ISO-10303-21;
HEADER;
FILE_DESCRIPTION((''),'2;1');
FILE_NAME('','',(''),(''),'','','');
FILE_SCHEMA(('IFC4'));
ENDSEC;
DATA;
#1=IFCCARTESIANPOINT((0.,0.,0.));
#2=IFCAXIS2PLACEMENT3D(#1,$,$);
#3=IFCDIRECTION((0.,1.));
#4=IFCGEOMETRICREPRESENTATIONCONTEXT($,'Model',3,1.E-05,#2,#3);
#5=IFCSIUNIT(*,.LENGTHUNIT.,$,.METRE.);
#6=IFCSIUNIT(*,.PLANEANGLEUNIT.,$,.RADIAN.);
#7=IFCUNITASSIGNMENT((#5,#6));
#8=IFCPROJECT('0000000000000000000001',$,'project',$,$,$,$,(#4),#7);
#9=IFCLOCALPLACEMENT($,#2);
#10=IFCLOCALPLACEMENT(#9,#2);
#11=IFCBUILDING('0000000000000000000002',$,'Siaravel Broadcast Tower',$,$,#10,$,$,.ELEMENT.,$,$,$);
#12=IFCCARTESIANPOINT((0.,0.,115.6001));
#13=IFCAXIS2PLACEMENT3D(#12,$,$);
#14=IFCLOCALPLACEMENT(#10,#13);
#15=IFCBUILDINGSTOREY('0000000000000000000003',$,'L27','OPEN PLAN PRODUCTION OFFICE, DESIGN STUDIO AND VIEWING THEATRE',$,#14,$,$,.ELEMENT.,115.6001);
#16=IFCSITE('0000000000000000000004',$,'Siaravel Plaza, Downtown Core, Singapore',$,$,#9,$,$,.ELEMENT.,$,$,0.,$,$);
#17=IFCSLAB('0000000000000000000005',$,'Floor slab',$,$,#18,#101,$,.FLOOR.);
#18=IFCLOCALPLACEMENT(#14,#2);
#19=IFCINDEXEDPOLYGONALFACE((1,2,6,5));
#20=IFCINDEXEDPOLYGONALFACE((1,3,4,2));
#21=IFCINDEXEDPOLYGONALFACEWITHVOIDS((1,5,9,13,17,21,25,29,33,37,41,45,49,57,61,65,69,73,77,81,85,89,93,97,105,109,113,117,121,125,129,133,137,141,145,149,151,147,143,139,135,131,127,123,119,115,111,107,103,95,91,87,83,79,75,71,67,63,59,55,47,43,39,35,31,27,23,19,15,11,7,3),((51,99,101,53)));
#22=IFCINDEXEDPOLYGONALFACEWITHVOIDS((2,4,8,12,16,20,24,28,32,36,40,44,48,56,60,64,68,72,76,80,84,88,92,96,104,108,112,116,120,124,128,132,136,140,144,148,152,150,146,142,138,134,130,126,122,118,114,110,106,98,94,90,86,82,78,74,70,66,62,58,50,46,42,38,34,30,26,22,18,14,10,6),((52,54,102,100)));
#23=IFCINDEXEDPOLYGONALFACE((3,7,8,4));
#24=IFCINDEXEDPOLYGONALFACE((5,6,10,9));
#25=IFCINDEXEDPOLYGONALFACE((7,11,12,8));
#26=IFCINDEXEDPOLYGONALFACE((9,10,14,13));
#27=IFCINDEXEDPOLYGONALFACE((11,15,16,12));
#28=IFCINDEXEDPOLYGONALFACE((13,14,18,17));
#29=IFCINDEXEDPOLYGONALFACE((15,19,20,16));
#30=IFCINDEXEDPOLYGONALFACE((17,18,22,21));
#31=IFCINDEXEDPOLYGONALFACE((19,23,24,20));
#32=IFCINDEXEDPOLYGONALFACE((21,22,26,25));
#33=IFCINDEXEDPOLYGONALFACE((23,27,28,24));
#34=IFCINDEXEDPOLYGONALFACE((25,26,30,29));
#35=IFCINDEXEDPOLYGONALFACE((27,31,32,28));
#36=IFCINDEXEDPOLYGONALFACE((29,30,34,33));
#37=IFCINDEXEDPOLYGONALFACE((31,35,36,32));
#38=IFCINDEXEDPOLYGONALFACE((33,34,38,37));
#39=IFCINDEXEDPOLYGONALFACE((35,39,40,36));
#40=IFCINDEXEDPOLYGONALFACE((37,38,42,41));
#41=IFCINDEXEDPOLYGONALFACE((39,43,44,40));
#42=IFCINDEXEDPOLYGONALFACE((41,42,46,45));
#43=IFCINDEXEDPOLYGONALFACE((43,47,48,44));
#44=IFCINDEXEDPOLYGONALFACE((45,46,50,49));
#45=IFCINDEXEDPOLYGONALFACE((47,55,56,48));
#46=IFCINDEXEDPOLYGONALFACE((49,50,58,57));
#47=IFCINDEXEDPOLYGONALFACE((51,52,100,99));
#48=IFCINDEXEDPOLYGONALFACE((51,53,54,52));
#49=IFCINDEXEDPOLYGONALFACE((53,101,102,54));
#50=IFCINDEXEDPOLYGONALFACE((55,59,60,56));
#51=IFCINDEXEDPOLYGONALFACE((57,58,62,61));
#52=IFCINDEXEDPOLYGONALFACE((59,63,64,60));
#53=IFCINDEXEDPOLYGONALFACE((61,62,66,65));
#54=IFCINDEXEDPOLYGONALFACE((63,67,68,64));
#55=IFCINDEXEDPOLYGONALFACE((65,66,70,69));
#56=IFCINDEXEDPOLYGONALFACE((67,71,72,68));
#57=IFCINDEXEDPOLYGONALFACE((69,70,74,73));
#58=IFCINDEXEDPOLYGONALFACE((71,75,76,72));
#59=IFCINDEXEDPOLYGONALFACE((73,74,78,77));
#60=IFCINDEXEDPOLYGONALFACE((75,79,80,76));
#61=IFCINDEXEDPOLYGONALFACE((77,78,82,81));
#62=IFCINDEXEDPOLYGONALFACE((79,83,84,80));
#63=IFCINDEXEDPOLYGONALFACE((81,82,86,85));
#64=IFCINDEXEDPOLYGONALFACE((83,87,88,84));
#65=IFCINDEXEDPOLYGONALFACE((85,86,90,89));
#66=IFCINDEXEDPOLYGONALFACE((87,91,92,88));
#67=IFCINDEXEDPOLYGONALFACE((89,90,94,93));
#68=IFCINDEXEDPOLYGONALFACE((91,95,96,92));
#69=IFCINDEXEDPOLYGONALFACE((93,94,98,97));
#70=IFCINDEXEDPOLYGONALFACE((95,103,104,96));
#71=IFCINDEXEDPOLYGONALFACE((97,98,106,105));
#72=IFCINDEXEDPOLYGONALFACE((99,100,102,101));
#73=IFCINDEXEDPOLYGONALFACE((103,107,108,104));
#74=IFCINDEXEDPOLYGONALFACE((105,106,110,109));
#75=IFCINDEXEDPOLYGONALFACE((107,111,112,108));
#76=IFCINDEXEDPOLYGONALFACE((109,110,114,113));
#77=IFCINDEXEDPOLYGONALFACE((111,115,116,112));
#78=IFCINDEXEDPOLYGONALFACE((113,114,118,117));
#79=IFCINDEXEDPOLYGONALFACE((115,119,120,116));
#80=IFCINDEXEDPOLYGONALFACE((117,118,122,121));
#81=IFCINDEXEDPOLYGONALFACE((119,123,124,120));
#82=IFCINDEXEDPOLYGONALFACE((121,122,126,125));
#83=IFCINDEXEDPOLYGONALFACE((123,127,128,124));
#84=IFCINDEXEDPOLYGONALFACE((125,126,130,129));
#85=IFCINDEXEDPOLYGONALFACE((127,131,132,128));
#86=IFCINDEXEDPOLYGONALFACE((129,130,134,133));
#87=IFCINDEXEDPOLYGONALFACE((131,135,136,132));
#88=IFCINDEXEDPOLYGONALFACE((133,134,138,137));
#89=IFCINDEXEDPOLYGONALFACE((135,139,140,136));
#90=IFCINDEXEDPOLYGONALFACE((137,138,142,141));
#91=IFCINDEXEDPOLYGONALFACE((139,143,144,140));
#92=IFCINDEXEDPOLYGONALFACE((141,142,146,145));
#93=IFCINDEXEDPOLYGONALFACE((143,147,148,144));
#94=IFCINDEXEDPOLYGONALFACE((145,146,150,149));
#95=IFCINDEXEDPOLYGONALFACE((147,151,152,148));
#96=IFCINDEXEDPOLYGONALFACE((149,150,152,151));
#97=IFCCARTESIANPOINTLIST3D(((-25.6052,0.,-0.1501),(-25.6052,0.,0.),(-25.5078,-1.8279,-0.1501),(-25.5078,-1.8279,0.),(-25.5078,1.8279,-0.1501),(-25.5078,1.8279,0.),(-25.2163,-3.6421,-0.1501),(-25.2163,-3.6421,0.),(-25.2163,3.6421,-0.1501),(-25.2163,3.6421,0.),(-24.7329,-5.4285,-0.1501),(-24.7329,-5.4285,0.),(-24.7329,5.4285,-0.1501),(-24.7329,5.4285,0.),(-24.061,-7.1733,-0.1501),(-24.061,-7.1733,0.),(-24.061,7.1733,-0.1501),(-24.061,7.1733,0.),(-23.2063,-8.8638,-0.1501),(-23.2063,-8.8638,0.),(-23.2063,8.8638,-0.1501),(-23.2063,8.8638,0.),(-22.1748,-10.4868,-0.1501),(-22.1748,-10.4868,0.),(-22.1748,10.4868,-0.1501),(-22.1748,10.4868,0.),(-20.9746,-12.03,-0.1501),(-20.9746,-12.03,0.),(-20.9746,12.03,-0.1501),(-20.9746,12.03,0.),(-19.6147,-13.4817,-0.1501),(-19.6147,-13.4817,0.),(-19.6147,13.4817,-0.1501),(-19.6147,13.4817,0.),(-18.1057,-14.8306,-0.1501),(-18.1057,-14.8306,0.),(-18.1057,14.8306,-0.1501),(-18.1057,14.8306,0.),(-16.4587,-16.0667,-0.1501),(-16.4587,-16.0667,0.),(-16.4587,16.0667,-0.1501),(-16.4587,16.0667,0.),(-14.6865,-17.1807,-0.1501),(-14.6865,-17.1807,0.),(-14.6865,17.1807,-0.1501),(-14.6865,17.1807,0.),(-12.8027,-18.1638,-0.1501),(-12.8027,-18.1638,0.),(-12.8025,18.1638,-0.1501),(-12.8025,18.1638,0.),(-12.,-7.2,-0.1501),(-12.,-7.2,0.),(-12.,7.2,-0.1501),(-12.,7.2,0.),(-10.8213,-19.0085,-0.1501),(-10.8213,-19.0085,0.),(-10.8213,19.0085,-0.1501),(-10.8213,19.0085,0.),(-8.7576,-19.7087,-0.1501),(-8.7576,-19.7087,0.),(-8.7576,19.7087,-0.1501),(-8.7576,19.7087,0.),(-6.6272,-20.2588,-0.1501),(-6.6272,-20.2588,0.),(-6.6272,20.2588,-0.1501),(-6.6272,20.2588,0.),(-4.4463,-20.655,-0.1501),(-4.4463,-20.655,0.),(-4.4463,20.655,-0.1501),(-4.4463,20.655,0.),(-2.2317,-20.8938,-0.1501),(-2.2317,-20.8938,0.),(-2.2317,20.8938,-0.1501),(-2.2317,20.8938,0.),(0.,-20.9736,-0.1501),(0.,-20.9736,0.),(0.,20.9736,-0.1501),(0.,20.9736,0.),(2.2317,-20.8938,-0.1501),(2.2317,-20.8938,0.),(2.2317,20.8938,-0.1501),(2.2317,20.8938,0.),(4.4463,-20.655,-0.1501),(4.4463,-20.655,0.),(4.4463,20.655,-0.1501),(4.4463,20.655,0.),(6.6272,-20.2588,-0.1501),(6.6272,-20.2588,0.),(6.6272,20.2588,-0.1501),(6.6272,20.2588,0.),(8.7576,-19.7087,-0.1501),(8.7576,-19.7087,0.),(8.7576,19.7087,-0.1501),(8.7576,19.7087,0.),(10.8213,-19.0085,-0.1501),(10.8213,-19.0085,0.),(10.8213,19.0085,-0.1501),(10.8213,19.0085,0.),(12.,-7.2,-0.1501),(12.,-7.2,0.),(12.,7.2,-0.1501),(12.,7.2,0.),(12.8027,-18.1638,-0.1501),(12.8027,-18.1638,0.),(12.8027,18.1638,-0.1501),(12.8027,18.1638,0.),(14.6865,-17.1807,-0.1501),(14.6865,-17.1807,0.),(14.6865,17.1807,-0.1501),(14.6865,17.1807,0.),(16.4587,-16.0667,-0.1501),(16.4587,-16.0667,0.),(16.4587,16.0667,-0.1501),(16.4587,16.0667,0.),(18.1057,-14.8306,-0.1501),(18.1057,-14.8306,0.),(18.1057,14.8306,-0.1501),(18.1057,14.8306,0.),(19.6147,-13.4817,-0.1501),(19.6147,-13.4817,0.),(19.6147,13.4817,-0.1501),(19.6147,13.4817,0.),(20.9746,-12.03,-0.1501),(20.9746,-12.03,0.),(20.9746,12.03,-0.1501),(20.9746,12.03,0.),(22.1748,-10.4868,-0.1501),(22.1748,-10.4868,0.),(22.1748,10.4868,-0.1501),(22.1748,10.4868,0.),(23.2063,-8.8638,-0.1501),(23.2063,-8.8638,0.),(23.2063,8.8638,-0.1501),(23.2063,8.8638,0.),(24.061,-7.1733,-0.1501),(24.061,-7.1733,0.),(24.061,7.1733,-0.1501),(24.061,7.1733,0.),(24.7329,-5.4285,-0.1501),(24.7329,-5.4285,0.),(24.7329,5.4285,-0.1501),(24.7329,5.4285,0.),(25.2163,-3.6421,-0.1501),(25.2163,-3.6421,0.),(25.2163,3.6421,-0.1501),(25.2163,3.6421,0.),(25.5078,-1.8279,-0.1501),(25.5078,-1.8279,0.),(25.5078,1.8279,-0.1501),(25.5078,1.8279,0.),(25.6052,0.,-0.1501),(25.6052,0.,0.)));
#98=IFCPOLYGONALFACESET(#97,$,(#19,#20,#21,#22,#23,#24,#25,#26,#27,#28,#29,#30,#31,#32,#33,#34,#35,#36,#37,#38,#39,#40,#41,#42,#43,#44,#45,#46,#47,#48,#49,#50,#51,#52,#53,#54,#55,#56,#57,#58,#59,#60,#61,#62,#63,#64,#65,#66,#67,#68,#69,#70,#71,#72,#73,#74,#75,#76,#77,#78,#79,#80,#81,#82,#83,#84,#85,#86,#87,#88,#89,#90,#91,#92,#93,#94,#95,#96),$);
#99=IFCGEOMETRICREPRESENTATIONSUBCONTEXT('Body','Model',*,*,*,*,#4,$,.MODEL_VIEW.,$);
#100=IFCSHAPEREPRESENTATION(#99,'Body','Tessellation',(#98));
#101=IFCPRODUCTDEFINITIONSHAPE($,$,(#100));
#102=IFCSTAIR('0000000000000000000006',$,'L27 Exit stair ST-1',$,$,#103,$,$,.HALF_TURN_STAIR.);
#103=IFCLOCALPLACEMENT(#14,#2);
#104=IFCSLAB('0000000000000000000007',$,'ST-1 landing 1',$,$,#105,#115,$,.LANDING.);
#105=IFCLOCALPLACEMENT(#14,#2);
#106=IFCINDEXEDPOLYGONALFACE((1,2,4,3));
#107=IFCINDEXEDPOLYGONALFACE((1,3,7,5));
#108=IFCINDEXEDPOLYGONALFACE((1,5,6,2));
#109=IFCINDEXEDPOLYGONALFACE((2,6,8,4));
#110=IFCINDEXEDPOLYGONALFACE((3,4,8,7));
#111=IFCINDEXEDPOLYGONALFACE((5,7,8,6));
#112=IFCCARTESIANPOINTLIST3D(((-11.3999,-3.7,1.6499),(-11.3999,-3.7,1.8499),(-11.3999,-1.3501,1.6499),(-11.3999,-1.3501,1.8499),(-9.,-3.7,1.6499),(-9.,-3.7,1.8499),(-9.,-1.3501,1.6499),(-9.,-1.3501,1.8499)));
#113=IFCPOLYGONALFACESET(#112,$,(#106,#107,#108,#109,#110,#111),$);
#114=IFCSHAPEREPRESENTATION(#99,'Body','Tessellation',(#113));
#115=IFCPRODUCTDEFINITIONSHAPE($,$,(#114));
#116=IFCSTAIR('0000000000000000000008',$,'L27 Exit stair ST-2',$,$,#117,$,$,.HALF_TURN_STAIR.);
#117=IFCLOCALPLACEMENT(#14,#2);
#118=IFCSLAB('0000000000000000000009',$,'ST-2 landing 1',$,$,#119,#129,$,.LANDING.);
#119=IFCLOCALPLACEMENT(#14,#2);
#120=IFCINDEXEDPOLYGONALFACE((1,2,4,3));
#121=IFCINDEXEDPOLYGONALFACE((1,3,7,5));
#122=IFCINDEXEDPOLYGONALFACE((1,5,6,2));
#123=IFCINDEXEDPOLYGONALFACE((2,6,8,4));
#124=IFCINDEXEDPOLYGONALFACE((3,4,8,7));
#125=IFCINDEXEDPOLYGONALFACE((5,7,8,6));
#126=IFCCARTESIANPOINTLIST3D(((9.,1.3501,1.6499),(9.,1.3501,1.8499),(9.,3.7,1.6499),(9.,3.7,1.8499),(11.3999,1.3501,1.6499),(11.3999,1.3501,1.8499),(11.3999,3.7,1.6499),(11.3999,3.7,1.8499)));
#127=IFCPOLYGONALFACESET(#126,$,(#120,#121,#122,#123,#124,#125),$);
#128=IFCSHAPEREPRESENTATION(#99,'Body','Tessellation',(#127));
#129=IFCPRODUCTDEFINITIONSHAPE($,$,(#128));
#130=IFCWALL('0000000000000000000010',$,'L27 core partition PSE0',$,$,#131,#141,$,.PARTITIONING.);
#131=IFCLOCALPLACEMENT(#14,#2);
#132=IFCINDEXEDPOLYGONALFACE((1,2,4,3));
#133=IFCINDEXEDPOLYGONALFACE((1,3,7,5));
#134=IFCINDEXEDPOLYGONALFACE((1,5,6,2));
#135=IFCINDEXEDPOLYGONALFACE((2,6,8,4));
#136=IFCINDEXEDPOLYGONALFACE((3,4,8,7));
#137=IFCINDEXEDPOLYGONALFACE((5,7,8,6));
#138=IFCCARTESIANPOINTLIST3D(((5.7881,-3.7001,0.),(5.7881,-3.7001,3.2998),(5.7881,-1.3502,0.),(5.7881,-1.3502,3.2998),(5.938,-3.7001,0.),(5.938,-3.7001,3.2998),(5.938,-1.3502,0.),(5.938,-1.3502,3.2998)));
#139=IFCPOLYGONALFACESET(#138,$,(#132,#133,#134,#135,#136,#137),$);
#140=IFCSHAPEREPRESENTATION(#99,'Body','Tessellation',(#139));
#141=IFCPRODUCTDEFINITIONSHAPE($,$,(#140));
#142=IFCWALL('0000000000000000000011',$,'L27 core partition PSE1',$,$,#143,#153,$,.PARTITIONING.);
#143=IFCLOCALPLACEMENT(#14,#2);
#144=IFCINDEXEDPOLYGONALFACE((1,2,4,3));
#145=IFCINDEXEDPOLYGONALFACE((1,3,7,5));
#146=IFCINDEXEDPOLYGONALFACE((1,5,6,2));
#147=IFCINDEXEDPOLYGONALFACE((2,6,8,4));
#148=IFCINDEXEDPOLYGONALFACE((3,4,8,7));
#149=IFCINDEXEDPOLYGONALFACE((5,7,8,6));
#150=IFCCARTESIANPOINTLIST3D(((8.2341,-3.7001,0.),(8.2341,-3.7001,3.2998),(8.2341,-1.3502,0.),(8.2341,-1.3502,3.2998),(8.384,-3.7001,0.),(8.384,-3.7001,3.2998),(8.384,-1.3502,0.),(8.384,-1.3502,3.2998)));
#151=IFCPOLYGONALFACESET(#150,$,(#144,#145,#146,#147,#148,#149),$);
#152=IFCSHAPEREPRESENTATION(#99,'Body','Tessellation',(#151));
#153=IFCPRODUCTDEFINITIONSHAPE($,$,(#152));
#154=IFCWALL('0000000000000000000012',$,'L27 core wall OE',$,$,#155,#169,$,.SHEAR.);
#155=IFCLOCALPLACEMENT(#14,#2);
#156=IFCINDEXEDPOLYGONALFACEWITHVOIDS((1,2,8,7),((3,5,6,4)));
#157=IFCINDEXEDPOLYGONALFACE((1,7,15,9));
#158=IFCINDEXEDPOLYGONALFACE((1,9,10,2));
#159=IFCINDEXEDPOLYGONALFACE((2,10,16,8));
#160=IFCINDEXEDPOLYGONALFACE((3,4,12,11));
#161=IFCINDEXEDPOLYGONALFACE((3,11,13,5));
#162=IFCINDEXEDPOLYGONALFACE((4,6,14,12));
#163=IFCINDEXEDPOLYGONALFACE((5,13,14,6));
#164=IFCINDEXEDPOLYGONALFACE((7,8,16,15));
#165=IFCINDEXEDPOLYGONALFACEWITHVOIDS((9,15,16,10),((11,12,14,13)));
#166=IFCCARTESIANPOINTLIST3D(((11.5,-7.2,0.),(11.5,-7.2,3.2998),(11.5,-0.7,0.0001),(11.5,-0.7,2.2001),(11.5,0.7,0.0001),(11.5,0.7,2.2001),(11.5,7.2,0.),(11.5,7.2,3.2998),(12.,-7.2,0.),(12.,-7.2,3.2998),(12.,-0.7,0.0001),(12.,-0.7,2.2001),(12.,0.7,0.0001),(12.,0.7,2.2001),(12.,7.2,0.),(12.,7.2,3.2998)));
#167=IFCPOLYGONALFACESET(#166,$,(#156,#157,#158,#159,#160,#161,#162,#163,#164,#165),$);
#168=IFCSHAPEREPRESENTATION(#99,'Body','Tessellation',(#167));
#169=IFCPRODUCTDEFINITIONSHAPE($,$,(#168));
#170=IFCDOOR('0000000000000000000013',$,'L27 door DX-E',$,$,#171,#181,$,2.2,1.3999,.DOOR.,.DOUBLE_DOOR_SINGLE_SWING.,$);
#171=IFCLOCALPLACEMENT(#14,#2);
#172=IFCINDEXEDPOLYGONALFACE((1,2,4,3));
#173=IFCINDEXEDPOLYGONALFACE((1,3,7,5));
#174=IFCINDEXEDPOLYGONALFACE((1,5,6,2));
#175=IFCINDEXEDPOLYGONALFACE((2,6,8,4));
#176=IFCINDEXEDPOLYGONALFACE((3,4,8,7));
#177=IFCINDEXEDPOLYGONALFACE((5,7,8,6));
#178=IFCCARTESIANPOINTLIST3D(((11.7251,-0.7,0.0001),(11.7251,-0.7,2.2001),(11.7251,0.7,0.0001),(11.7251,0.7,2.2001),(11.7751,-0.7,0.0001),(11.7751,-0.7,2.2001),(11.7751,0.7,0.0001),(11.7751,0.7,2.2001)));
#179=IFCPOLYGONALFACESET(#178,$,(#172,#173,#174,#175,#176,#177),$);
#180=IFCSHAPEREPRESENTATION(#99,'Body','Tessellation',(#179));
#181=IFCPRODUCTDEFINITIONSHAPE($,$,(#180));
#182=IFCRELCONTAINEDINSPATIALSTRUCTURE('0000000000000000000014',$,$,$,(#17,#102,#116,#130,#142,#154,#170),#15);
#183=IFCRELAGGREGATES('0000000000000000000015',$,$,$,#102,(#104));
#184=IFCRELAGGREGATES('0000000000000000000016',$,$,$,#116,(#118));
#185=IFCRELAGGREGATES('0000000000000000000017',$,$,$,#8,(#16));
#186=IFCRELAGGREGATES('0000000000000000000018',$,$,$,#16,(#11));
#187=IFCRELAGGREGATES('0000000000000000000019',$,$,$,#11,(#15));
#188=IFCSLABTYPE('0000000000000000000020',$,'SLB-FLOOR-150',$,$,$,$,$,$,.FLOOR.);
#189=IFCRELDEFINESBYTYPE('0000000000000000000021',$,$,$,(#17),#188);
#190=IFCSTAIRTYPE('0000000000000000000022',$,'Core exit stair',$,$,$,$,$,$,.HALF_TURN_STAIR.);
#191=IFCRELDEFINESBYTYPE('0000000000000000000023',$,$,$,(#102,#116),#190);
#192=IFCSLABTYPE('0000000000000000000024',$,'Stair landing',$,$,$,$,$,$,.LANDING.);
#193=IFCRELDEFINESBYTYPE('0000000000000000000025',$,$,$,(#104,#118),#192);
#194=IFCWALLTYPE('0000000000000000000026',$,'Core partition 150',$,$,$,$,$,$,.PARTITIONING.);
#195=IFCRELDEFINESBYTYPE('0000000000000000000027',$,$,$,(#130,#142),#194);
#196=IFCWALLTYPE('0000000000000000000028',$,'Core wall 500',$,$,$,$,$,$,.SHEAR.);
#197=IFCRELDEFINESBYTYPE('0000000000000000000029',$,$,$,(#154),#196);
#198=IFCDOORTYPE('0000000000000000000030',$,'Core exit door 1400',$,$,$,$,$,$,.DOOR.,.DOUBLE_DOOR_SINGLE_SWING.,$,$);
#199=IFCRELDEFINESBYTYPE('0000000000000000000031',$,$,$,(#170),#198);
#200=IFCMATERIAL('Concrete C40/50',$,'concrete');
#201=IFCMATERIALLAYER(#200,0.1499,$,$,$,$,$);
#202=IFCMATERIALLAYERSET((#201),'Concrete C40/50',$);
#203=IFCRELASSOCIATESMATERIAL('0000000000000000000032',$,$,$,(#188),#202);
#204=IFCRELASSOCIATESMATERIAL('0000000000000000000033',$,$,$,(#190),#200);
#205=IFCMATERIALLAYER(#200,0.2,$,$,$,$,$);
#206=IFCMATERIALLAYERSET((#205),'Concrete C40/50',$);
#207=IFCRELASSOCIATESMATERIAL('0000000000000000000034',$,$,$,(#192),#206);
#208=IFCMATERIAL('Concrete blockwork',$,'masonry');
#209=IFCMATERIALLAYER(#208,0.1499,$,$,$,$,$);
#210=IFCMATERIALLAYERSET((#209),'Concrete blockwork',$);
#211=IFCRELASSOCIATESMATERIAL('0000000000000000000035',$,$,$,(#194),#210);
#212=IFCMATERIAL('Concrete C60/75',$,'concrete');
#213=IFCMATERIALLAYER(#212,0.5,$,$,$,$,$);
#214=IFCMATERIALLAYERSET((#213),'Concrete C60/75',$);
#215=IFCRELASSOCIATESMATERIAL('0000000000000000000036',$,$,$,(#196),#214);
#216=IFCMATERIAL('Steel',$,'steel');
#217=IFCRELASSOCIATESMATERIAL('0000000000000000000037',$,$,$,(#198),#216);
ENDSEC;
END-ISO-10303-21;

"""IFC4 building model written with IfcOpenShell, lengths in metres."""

from ifc_helpers import new_model, si_unit, direction, frame, frame_2d, origin, place, context, subcontext, project, spatial, polyline, rectangle, outline, extrude, material, layer, layer_set, type_object, element, fill, aggregate, save


model = new_model("IFC4")

# Units and contexts
model_context = context("Model", 3, precision=1e-05, world=origin(), true_north=direction((0.0, 1.0)))
body_context = subcontext(model_context, "Body", "Model", "MODEL_VIEW")
ifc_project = project(units=[si_unit("LENGTHUNIT", "METRE"), si_unit("PLANEANGLEUNIT", "RADIAN")], contexts=[model_context])

# Site, building, storey
site_placement = place(None, origin())
site = spatial("IfcSite", under=ifc_project, at=site_placement, Name="Siaravel Plaza, Downtown Core, Singapore", CompositionType="ELEMENT", RefElevation=0.0)
building_placement = place(site_placement, origin())
building = spatial("IfcBuilding", under=site, at=building_placement, Name="Siaravel Broadcast Tower", CompositionType="ELEMENT")
storey_placement = place(building_placement, frame((0.0, 0.0, 115.6001)))
storey = spatial("IfcBuildingStorey", under=building, at=storey_placement, Name="L27", Description="OPEN PLAN PRODUCTION OFFICE, DESIGN STUDIO AND VIEWING THEATRE", CompositionType="ELEMENT", Elevation=115.6001)

# Slab
ifc_material_1 = material(Name="Concrete C40/50", Category="concrete")
ifc_layer_1 = layer(ifc_material_1, 0.1499)
ifc_layer_set_1 = layer_set([ifc_layer_1], Name="Concrete C40/50")
slab_type_1 = type_object("IfcSlabType", Name="SLB-FLOOR-150", PredefinedType="FLOOR", material=ifc_layer_set_1)
slab_1_placement = place(storey_placement, frame((0.0, 0.0, -0.1501)))
element("IfcSlab", 1, at=slab_1_placement, inside=storey, type_object=slab_type_1, Name="Floor slab", PredefinedType="FLOOR", context=body_context, shape_type="SweptSolid", body=[
    extrude(outline(polyline([(25.6052, 0.0), (25.5078, 1.8279), (25.2163, 3.6421), (24.7329, 5.4285), (24.061, 7.1733), (23.2063, 8.8638), (22.1748, 10.4868), (20.9746, 12.03), (19.6147, 13.4817), (18.1057, 14.8306), (16.4587, 16.0667), (14.6865, 17.1807), (12.8027, 18.1638), (10.8213, 19.0085), (8.7576, 19.7087), (6.6272, 20.2588), (4.4463, 20.655), (2.2317, 20.8938), (0.0, 20.9736), (-2.2317, 20.8938), (-4.4463, 20.655), (-6.6272, 20.2588), (-8.7576, 19.7087), (-10.8213, 19.0085), (-12.8025, 18.1638), (-14.6865, 17.1807), (-16.4587, 16.0667), (-18.1057, 14.8306), (-19.6147, 13.4817), (-20.9746, 12.03), (-22.1748, 10.4868), (-23.2063, 8.8638), (-24.061, 7.1733), (-24.7329, 5.4285), (-25.2163, 3.6421), (-25.5078, 1.8279), (-25.6052, 0.0), (-25.5078, -1.8279), (-25.2163, -3.6421), (-24.7329, -5.4285), (-24.061, -7.1733), (-23.2063, -8.8638), (-22.1748, -10.4868), (-20.9746, -12.03), (-19.6147, -13.4817), (-18.1057, -14.8306), (-16.4587, -16.0667), (-14.6865, -17.1807), (-12.8027, -18.1638), (-10.8213, -19.0085), (-8.7576, -19.7087), (-6.6272, -20.2588), (-4.4463, -20.655), (-2.2317, -20.8938), (0.0, -20.9736), (2.2317, -20.8938), (4.4463, -20.655), (6.6272, -20.2588), (8.7576, -19.7087), (10.8213, -19.0085), (12.8027, -18.1638), (14.6865, -17.1807), (16.4587, -16.0667), (18.1057, -14.8306), (19.6147, -13.4817), (20.9746, -12.03), (22.1748, -10.4868), (23.2063, -8.8638), (24.061, -7.1733), (24.7329, -5.4285), (25.2163, -3.6421), (25.5078, -1.8279), (25.6052, 0.0)]), holes=[polyline([(-12.0, 7.2), (12.0, 7.2), (12.0, -7.2), (-12.0, -7.2), (-12.0, 7.2)])]), origin(), (0.0, 0.0, 1.0), 0.1501),
])

# Stairs, slabs
stair_type = type_object("IfcStairType", Name="Core exit stair", PredefinedType="HALF_TURN_STAIR", material=ifc_material_1)
stair_1_placement = place(storey_placement, origin())
stair_1 = element("IfcStair", 2, at=stair_1_placement, inside=storey, type_object=stair_type, Name="L27 Exit stair ST-1", PredefinedType="HALF_TURN_STAIR")
ifc_layer_2 = layer(ifc_material_1, 0.2)
ifc_layer_set_2 = layer_set([ifc_layer_2], Name="Concrete C40/50")
slab_type_2 = type_object("IfcSlabType", Name="Stair landing", PredefinedType="LANDING", material=ifc_layer_set_2)
slab_2_placement = place(storey_placement, frame((0.0, 0.0, 1.6499)))
slab_2 = element("IfcSlab", 3, at=slab_2_placement, type_object=slab_type_2, Name="ST-1 landing 1", PredefinedType="LANDING", context=body_context, shape_type="SweptSolid", body=[
    extrude(outline(polyline([(-9.0, -1.3501), (-11.3999, -1.3501), (-11.3999, -3.7), (-9.0, -3.7), (-9.0, -1.3501)])), origin(), (0.0, 0.0, 1.0), 0.2),
])
aggregate(stair_1, [slab_2])
stair_2_placement = place(storey_placement, origin())
stair_2 = element("IfcStair", 4, at=stair_2_placement, inside=storey, type_object=stair_type, Name="L27 Exit stair ST-2", PredefinedType="HALF_TURN_STAIR")
slab_3_placement = place(storey_placement, frame((0.0, 0.0, 1.6499)))
slab_3 = element("IfcSlab", 5, at=slab_3_placement, type_object=slab_type_2, Name="ST-2 landing 1", PredefinedType="LANDING", context=body_context, shape_type="SweptSolid", body=[
    extrude(outline(polyline([(9.0, 1.3501), (11.3999, 1.3501), (11.3999, 3.7), (9.0, 3.7), (9.0, 1.3501)])), origin(), (0.0, 0.0, 1.0), 0.2),
])
aggregate(stair_2, [slab_3])

# Walls
ifc_material_2 = material(Name="Concrete blockwork", Category="masonry")
ifc_layer_3 = layer(ifc_material_2, 0.1499)
ifc_layer_set_3 = layer_set([ifc_layer_3], Name="Concrete blockwork")
wall_type_1 = type_object("IfcWallType", Name="Core partition 150", PredefinedType="PARTITIONING", material=ifc_layer_set_3)
for number, where, z_axis, x_axis, name in (
    (6, (5.863, -3.7, 0.0), (0.0, 0.0, 1.0), (0.0, 1.0, 0.0), "L27 core partition PSE0"),
    (7, (8.3091, -3.7, 0.0), (0.0, 0.0, 1.0), (0.0, 1.0, 0.0), "L27 core partition PSE1"),
):
    element("IfcWall", number, at=place(storey_placement, frame(where, z_axis=z_axis, x_axis=x_axis)), inside=storey, type_object=wall_type_1, Name=name, PredefinedType="PARTITIONING", context=body_context, shape_type="SweptSolid", body=[
        extrude(rectangle(XDim=2.3499, YDim=0.1499, at=frame_2d((1.1748, 0.0))), origin(), (0.0, 0.0, 1.0), 3.2998),
    ])

# Wall, opening, door
ifc_material_3 = material(Name="Concrete C60/75", Category="concrete")
ifc_layer_4 = layer(ifc_material_3, 0.5)
ifc_layer_set_4 = layer_set([ifc_layer_4], Name="Concrete C60/75")
wall_type_2 = type_object("IfcWallType", Name="Core wall 500", PredefinedType="SHEAR", material=ifc_layer_set_4)
wall_1_placement = place(storey_placement, frame((11.75, -7.2, 0.0), z_axis=(0.0, 0.0, 1.0), x_axis=(0.0, 1.0, 0.0)))
wall_1 = element("IfcWall", 8, at=wall_1_placement, inside=storey, type_object=wall_type_2, Name="L27 core wall OE", PredefinedType="SHEAR", context=body_context, shape_type="SweptSolid", body=[
    extrude(rectangle(XDim=14.3999, YDim=0.5, at=frame_2d((7.2, 0.0))), origin(), (0.0, 0.0, 1.0), 3.2998),
])
opening_1_placement = place(wall_1_placement, frame((6.5, 0.0, 0.0)))
opening_1 = element("IfcOpeningElement", 9, at=opening_1_placement, cuts=wall_1, PredefinedType="OPENING", context=body_context, shape_type="SweptSolid", body=[
    extrude(rectangle(XDim=1.3999, YDim=2.2, at=frame_2d((0.7, 1.1001))), frame((0.0, 0.26, 0.0), z_axis=(0.0, -1.0, 0.0), x_axis=(1.0, 0.0, 0.0)), (0.0, 0.0, 1.0), 0.52),
])
ifc_material_4 = material(Name="Steel", Category="steel")
door_type_1 = type_object("IfcDoorType", Name="Core exit door 1400", OperationType="DOUBLE_DOOR_SINGLE_SWING", PredefinedType="DOOR", material=ifc_material_4)
door_1_placement = place(opening_1_placement, origin())
door_1 = element("IfcDoor", 10, at=door_1_placement, inside=storey, type_object=door_type_1, Name="L27 door DX-E", OperationType="DOUBLE_DOOR_SINGLE_SWING", OverallHeight=2.2, OverallWidth=1.3999, PredefinedType="DOOR", context=body_context, shape_type="SweptSolid", body=[
    extrude(rectangle(XDim=1.3999, YDim=2.2, at=frame_2d((0.7, 1.1001))), frame((0.0, 0.0249, 0.0), z_axis=(0.0, -1.0, 0.0), x_axis=(1.0, 0.0, 0.0)), (0.0, 0.0, 1.0), 0.05),
])
fill(opening_1, door_1)

save(model, "model.ifc")
